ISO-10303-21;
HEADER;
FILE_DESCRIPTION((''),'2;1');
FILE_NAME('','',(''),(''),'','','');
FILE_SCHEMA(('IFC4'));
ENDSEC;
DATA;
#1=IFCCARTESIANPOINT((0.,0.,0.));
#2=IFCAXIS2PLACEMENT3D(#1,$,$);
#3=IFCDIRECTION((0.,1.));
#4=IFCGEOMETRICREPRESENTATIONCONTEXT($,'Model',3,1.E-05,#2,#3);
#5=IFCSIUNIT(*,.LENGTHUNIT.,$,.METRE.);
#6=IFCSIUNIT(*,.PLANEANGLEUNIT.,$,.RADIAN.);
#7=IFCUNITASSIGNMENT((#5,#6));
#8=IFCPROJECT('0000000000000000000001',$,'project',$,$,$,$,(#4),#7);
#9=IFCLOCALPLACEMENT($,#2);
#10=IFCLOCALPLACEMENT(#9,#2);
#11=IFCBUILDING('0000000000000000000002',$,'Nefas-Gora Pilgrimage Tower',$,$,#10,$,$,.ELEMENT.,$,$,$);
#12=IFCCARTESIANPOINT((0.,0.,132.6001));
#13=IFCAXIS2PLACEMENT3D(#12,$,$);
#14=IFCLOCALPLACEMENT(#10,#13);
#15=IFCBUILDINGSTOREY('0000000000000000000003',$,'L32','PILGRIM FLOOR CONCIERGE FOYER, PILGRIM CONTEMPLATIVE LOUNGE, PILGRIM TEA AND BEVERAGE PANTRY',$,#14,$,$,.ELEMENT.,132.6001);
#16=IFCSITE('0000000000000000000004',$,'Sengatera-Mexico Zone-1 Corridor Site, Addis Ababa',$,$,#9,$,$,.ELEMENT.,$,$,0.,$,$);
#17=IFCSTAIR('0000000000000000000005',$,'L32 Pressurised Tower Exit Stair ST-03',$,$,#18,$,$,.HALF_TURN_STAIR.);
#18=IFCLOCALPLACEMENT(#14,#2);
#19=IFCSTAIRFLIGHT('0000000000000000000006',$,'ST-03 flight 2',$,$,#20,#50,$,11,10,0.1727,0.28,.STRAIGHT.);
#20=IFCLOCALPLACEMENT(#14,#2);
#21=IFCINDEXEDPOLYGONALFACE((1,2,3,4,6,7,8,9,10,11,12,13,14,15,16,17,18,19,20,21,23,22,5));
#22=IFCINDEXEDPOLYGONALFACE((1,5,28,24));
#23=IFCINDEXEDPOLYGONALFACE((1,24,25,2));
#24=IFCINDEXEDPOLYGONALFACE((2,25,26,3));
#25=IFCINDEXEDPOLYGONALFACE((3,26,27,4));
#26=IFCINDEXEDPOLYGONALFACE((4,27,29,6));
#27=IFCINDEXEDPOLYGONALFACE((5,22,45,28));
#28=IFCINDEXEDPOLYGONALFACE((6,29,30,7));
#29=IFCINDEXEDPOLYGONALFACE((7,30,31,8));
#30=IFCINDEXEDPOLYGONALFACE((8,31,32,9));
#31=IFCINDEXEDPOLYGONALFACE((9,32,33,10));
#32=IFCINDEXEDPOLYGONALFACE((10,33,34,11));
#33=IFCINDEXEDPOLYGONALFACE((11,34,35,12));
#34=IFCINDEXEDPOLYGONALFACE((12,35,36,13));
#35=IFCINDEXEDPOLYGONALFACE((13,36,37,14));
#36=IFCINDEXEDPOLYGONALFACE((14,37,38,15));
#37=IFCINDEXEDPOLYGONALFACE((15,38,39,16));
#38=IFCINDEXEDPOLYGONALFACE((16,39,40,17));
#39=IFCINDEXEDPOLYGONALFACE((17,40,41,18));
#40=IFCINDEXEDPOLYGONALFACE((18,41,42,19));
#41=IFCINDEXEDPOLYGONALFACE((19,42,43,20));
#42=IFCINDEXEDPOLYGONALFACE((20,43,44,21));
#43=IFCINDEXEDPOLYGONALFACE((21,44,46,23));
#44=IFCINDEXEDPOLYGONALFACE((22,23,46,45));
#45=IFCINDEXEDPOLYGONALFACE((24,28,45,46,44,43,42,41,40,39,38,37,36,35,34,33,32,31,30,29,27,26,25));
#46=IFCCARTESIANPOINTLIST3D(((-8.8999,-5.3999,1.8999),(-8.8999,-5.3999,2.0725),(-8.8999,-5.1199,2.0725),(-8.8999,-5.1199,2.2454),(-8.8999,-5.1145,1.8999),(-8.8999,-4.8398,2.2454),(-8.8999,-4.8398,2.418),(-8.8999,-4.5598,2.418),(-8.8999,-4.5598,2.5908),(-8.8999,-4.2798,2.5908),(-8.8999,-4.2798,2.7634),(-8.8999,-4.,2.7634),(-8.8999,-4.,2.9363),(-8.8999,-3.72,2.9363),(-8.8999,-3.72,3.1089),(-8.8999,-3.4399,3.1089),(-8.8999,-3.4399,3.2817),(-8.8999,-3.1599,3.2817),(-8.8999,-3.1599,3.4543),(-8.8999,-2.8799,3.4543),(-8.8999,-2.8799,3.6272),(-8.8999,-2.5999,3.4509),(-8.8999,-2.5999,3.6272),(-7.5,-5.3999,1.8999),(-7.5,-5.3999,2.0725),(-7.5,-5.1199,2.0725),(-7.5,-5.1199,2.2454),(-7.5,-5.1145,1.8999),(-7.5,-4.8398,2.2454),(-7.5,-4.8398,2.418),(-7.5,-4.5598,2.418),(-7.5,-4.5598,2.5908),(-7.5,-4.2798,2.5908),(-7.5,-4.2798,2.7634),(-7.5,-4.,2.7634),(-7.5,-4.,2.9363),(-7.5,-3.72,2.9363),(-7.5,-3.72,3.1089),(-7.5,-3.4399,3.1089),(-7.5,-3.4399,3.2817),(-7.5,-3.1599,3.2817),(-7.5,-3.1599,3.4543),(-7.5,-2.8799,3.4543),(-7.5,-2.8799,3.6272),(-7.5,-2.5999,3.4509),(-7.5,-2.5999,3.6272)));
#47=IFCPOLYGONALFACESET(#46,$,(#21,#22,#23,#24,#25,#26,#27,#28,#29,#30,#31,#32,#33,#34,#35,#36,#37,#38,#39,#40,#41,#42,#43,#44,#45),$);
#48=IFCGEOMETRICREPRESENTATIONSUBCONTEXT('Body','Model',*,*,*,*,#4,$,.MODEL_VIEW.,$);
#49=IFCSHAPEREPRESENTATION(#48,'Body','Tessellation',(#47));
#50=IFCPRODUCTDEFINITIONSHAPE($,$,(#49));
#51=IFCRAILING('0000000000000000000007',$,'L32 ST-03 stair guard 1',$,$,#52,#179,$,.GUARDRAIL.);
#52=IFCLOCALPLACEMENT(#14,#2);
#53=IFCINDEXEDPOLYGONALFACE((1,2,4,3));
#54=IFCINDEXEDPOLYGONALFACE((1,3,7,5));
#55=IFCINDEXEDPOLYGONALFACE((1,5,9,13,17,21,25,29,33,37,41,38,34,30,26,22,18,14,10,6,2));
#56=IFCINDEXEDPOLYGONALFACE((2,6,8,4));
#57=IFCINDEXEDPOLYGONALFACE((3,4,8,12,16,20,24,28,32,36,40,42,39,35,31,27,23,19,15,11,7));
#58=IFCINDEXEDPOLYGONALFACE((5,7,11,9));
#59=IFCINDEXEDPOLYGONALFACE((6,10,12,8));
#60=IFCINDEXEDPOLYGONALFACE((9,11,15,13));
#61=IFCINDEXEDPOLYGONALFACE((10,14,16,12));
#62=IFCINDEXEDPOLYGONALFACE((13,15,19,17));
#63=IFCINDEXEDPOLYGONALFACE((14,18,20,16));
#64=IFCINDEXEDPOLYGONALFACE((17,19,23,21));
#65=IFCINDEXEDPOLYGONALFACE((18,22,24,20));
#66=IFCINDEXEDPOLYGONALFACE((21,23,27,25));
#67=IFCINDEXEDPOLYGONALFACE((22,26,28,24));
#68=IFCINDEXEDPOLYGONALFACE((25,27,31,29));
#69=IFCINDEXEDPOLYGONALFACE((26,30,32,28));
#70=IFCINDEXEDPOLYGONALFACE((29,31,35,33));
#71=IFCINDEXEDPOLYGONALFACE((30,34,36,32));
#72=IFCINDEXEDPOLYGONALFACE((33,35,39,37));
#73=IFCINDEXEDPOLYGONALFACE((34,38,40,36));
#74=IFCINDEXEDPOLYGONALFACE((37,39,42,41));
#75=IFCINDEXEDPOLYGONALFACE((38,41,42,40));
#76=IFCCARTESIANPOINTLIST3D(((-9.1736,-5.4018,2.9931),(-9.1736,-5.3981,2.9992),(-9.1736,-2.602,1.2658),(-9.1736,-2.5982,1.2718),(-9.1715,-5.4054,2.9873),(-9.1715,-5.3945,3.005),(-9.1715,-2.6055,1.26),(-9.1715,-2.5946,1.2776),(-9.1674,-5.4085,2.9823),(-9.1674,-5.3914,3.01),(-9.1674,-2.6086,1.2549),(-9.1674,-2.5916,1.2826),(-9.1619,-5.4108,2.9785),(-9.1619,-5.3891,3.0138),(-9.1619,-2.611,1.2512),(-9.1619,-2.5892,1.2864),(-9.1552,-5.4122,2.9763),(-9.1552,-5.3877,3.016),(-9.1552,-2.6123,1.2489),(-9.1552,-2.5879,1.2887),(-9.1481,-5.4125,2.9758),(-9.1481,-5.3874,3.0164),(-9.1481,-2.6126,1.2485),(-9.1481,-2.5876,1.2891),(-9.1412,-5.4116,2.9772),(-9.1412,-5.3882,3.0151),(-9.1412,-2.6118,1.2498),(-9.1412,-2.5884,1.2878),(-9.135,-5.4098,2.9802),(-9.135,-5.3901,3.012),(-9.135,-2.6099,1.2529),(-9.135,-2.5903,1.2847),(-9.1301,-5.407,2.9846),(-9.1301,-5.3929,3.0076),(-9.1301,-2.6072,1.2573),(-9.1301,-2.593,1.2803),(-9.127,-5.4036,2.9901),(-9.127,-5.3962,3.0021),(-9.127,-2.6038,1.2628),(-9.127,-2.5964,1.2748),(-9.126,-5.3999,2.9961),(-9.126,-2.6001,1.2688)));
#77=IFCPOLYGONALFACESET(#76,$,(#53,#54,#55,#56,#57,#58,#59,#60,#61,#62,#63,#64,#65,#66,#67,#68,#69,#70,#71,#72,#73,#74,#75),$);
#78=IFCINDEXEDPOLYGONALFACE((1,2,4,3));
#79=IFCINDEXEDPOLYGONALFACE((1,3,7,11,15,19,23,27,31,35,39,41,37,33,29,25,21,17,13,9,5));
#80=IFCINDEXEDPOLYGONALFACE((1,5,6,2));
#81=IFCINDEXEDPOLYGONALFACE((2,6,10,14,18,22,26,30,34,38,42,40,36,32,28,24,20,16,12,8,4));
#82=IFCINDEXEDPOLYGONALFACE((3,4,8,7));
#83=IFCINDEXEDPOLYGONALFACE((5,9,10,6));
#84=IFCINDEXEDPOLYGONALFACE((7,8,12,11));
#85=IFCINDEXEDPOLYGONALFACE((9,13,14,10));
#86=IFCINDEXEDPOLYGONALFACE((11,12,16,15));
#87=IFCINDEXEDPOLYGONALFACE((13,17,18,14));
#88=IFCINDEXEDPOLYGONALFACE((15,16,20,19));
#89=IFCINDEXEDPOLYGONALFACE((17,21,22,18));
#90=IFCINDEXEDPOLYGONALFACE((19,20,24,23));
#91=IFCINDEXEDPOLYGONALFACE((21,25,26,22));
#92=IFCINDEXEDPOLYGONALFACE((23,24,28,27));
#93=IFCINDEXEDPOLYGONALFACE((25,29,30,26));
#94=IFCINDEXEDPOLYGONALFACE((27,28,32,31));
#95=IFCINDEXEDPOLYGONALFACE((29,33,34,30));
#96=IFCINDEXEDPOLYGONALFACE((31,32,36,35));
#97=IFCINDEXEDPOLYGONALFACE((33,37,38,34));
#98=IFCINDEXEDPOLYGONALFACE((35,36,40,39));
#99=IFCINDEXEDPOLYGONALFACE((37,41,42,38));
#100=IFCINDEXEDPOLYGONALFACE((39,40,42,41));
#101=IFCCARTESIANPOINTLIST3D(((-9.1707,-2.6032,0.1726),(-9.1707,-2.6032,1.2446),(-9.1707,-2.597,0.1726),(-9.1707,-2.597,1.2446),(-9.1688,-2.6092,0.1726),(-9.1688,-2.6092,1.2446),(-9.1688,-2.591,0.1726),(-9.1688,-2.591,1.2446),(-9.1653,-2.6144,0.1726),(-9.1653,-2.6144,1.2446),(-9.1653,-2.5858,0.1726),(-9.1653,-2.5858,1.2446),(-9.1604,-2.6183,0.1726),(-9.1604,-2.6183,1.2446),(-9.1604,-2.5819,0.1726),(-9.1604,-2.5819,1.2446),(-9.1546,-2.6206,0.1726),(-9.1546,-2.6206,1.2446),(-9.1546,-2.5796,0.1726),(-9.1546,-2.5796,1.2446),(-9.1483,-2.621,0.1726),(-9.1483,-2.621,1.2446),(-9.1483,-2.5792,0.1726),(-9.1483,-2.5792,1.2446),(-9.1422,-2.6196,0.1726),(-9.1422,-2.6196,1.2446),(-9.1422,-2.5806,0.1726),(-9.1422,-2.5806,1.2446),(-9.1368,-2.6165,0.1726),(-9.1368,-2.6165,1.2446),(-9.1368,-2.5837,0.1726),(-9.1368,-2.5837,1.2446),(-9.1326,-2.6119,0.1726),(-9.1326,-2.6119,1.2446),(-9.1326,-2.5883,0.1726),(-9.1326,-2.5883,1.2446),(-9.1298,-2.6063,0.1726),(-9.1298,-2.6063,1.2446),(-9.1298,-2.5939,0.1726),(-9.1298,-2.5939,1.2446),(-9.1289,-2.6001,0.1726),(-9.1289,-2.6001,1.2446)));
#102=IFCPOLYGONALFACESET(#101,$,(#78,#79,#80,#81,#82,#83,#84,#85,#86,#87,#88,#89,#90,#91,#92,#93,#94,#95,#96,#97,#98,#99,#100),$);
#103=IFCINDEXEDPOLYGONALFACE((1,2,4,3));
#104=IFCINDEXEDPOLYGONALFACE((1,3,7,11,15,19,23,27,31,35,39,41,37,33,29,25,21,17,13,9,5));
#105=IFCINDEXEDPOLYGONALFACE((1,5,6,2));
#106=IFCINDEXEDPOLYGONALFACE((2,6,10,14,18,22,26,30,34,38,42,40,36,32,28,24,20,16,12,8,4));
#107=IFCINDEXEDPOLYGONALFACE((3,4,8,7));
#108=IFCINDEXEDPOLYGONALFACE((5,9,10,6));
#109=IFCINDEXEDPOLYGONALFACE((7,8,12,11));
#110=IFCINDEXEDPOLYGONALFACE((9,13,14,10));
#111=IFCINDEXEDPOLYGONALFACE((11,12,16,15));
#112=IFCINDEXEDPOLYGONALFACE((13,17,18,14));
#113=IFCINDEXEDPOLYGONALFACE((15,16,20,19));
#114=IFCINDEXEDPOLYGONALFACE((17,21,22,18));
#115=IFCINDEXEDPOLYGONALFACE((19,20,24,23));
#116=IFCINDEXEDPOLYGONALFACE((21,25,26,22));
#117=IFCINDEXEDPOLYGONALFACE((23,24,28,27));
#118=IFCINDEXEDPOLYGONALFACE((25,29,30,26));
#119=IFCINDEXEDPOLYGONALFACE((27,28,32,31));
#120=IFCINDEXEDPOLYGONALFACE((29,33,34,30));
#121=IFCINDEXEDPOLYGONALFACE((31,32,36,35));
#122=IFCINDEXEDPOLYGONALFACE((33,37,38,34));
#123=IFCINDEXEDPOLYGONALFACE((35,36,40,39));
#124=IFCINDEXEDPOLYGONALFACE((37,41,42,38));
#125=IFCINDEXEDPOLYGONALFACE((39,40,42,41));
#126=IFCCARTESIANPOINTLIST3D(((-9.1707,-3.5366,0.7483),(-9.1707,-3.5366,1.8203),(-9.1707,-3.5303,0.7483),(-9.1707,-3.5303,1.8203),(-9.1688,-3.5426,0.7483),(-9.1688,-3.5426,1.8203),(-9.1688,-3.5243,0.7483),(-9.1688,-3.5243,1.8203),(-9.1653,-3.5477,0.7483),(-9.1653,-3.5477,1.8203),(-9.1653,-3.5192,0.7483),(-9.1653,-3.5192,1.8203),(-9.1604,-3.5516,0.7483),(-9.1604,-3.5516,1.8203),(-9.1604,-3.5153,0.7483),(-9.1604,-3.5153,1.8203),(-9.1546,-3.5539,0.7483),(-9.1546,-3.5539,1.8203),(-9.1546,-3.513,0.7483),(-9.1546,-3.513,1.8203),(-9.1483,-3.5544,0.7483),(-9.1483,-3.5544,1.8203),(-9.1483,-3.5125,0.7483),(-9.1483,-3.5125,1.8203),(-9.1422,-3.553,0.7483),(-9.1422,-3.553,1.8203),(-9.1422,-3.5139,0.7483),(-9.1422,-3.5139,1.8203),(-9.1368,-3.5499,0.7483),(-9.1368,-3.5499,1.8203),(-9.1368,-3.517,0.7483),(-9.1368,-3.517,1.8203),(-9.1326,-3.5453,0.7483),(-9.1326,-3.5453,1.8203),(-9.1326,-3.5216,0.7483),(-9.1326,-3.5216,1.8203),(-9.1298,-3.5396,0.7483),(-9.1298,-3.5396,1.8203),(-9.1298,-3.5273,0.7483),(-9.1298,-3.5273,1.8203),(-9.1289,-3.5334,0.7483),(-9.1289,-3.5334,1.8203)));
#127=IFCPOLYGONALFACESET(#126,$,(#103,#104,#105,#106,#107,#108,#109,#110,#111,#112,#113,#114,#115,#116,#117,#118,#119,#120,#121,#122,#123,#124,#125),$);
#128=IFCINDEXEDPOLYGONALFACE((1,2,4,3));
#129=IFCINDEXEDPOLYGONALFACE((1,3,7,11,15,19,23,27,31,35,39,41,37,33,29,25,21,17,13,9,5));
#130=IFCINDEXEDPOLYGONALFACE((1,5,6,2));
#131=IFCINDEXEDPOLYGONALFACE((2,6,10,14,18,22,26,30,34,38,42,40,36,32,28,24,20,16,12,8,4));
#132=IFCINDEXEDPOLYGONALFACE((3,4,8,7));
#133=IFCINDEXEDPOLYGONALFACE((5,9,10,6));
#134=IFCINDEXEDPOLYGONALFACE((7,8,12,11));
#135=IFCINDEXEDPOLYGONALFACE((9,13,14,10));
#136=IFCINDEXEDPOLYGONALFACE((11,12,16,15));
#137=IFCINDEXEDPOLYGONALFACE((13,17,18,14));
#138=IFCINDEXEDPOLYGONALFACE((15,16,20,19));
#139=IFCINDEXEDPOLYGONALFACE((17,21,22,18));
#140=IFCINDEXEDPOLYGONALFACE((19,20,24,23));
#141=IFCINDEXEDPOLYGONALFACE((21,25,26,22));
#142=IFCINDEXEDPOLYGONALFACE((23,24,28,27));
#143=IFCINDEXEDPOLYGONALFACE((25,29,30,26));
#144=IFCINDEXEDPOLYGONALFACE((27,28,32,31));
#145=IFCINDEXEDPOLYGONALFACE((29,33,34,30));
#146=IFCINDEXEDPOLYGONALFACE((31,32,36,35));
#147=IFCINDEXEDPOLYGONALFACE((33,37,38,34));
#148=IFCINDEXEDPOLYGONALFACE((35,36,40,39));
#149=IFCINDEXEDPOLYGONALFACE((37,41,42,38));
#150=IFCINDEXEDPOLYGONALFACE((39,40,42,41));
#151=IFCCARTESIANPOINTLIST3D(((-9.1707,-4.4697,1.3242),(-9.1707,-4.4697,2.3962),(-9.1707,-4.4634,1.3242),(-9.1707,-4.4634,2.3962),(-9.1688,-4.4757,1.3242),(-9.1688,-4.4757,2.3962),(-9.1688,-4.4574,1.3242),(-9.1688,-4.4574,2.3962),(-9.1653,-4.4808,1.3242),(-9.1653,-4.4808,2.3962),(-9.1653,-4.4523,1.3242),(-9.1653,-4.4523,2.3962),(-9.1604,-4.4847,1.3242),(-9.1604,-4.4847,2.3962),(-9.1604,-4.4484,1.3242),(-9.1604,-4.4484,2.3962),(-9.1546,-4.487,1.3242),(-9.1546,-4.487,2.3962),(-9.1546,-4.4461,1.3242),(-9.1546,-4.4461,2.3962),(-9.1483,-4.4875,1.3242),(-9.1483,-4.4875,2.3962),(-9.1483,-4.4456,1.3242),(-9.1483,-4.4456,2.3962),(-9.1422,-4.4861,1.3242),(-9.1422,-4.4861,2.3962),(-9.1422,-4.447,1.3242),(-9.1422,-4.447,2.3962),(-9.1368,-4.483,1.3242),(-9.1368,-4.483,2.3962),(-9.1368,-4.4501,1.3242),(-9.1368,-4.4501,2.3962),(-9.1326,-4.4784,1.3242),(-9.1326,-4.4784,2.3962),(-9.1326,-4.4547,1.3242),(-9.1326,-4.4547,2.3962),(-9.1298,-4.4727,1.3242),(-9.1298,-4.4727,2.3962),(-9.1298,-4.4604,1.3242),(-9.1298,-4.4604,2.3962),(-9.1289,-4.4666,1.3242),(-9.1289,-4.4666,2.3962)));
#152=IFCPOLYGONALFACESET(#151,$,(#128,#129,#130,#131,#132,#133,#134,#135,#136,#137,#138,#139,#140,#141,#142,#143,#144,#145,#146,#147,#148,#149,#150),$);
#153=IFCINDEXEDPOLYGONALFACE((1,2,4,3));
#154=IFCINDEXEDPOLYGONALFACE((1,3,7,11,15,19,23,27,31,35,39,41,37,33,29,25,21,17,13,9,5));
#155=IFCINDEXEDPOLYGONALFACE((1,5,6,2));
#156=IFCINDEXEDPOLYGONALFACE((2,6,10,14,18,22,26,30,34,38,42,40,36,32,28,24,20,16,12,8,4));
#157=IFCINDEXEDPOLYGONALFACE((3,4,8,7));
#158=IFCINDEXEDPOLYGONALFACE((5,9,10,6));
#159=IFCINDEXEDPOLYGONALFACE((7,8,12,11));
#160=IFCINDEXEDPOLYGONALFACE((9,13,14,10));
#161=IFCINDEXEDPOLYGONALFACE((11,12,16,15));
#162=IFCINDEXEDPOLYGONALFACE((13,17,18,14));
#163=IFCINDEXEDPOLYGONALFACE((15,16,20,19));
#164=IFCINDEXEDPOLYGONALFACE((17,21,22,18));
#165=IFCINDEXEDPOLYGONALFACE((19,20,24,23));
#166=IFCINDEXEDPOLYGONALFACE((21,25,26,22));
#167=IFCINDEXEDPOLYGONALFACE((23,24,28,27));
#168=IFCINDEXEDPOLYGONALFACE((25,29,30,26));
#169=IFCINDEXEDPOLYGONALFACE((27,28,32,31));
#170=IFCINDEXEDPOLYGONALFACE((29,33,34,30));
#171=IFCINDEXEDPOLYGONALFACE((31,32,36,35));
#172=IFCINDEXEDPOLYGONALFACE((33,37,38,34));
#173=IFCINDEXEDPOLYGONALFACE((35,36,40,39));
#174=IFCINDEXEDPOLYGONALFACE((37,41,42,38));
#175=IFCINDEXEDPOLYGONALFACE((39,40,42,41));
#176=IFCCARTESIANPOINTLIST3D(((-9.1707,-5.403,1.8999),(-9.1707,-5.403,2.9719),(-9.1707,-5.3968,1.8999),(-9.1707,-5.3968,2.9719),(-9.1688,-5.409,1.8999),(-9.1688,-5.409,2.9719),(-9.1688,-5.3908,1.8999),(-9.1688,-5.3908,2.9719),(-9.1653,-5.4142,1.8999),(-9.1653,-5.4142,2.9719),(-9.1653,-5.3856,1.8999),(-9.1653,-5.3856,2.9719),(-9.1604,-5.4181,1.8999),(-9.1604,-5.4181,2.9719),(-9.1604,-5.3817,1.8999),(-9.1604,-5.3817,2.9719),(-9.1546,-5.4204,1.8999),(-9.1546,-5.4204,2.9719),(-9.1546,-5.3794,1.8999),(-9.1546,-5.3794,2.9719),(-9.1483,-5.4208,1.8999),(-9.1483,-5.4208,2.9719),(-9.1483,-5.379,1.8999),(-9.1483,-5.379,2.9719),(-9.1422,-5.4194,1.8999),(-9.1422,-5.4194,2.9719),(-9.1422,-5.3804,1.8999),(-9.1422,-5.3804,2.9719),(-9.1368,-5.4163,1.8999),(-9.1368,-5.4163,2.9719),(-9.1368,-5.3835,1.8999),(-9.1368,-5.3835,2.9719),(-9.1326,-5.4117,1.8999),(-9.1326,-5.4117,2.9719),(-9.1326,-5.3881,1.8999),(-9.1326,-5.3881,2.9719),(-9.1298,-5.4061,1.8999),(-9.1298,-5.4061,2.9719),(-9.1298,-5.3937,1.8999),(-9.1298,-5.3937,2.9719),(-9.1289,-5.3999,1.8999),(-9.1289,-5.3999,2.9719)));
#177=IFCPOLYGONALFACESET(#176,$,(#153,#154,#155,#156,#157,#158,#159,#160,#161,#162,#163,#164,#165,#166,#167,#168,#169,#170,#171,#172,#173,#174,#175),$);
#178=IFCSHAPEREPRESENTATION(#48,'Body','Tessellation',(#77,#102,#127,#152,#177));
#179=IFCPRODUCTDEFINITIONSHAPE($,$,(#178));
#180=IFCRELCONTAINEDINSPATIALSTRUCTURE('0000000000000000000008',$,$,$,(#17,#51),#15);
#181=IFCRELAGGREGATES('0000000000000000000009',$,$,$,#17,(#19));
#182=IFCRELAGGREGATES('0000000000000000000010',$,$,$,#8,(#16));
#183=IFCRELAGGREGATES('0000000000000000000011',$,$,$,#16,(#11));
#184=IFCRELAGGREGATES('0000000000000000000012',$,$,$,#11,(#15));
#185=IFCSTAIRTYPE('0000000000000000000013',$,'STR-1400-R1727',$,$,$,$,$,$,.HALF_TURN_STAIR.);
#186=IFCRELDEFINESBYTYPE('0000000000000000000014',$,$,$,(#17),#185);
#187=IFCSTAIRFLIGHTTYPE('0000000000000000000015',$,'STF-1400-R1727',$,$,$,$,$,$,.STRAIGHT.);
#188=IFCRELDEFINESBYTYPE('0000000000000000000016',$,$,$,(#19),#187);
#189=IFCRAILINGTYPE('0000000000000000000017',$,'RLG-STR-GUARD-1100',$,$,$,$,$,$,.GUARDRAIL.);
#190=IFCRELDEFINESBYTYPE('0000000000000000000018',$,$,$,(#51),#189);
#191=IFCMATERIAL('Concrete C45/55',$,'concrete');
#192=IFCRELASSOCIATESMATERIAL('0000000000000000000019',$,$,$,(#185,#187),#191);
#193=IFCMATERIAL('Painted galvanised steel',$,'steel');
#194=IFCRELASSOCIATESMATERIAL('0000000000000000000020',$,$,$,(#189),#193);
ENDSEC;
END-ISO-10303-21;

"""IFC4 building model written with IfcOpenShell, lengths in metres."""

from ifc_helpers import new_model, si_unit, direction, frame, origin, origin_2d, place, context, subcontext, project, spatial, polyline, circle, outline, extrude, source, transform, mapped, material, type_object, element, aggregate, save


model = new_model("IFC4")

# Units and contexts
model_context = context("Model", 3, precision=1e-05, world=origin(), true_north=direction((0.0, 1.0)))
body_context = subcontext(model_context, "Body", "Model", "MODEL_VIEW")
ifc_project = project(units=[si_unit("LENGTHUNIT", "METRE"), si_unit("PLANEANGLEUNIT", "RADIAN")], contexts=[model_context])

# Site, building, storey
site_placement = place(None, origin())
site = spatial("IfcSite", under=ifc_project, at=site_placement, Name="Sengatera-Mexico Zone-1 Corridor Site, Addis Ababa", CompositionType="ELEMENT", RefElevation=0.0)
building_placement = place(site_placement, origin())
building = spatial("IfcBuilding", under=site, at=building_placement, Name="Nefas-Gora Pilgrimage Tower", CompositionType="ELEMENT")
storey_placement = place(building_placement, frame((0.0, 0.0, 132.6001)))
storey = spatial("IfcBuildingStorey", under=building, at=storey_placement, Name="L32", Description="PILGRIM FLOOR CONCIERGE FOYER, PILGRIM CONTEMPLATIVE LOUNGE, PILGRIM TEA AND BEVERAGE PANTRY", CompositionType="ELEMENT", Elevation=132.6001)

# Shared definitions
ifc_material_1 = material(Name="Concrete C45/55", Category="concrete")

# Stair, stair flight
stair_type = type_object("IfcStairType", Name="STR-1400-R1727", PredefinedType="HALF_TURN_STAIR", material=ifc_material_1)
stair_placement = place(storey_placement, origin())
stair = element("IfcStair", 1, at=stair_placement, inside=storey, type_object=stair_type, Name="L32 Pressurised Tower Exit Stair ST-03", PredefinedType="HALF_TURN_STAIR")
stair_flight_type = type_object("IfcStairFlightType", Name="STF-1400-R1727", PredefinedType="STRAIGHT", material=ifc_material_1)
shared_shape_1 = source(origin(), body_context, "Body", "SweptSolid", [
    extrude(outline(polyline([(0.0, 0.0), (0.0, 0.1726), (0.28, 0.1726), (0.28, 0.3455), (0.5601, 0.3455), (0.5601, 0.5181), (0.8401, 0.5181), (0.8401, 0.6909), (1.1201, 0.6909), (1.1201, 0.8635), (1.3999, 0.8635), (1.3999, 1.0364), (1.6799, 1.0364), (1.6799, 1.209), (1.96, 1.209), (1.96, 1.3818), (2.24, 1.3818), (2.24, 1.5544), (2.52, 1.5544), (2.52, 1.7273), (2.8, 1.7273), (2.8, 1.8999), (2.8, 1.551), (0.2854, 0.0), (0.0, 0.0)])), frame((0.0, 0.7, 0.0), z_axis=(0.0, -1.0, 0.0), x_axis=(1.0, 0.0, 0.0)), (0.0, 0.0, 1.0), 1.3999),
])
stair_flight_1_placement = place(storey_placement, frame((-8.2, -5.3999, 1.8999), z_axis=(0.0, 0.0, 1.0), x_axis=(0.0, 1.0, 0.0)))
stair_flight_1 = element("IfcStairFlight", 2, at=stair_flight_1_placement, type_object=stair_flight_type, Name="ST-03 flight 2", NumberOfRisers=11, NumberOfTreads=10, PredefinedType="STRAIGHT", RiserHeight=0.1727, TreadLength=0.28, context=body_context, shape_type="MappedRepresentation", body=[
    mapped(shared_shape_1, transform((0.0, 0.0, 0.0), x_axis=(1.0, 0.0, 0.0), y_axis=(0.0, 1.0, 0.0), z_axis=(0.0, 0.0, 1.0), scale=1.0)),
])
aggregate(stair, [stair_flight_1])

# Railing
ifc_material_2 = material(Name="Painted galvanised steel", Category="steel")
railing_type_1 = type_object("IfcRailingType", Name="RLG-STR-GUARD-1100", PredefinedType="GUARDRAIL", material=ifc_material_2)
railing_1_placement = place(storey_placement, frame((-9.1499, -2.6001, 0.1726)))
element("IfcRailing", 3, at=railing_1_placement, inside=storey, type_object=railing_type_1, Name="L32 ST-03 stair guard 1", PredefinedType="GUARDRAIL", context=body_context, shape_type="SweptSolid", body=[
    extrude(circle(Radius=0.0239, at=origin_2d()), frame((0.0, 0.0, 1.0962), z_axis=(0.0, -0.851069, 0.525054), x_axis=(1.0, 0.0, 0.0)), (0.0, 0.0, 1.0), 3.2898),
    extrude(circle(Radius=0.021, at=origin_2d()), origin(), (0.0, 0.0, 1.0), 1.072),
    extrude(circle(Radius=0.021, at=origin_2d()), frame((0.0, -0.9333, 0.5757)), (0.0, 0.0, 1.0), 1.072),
    extrude(circle(Radius=0.021, at=origin_2d()), frame((0.0, -1.8665, 1.1516)), (0.0, 0.0, 1.0), 1.072),
    extrude(circle(Radius=0.021, at=origin_2d()), frame((0.0, -2.7998, 1.7273)), (0.0, 0.0, 1.0), 1.072),
])

save(model, "model.ifc")
